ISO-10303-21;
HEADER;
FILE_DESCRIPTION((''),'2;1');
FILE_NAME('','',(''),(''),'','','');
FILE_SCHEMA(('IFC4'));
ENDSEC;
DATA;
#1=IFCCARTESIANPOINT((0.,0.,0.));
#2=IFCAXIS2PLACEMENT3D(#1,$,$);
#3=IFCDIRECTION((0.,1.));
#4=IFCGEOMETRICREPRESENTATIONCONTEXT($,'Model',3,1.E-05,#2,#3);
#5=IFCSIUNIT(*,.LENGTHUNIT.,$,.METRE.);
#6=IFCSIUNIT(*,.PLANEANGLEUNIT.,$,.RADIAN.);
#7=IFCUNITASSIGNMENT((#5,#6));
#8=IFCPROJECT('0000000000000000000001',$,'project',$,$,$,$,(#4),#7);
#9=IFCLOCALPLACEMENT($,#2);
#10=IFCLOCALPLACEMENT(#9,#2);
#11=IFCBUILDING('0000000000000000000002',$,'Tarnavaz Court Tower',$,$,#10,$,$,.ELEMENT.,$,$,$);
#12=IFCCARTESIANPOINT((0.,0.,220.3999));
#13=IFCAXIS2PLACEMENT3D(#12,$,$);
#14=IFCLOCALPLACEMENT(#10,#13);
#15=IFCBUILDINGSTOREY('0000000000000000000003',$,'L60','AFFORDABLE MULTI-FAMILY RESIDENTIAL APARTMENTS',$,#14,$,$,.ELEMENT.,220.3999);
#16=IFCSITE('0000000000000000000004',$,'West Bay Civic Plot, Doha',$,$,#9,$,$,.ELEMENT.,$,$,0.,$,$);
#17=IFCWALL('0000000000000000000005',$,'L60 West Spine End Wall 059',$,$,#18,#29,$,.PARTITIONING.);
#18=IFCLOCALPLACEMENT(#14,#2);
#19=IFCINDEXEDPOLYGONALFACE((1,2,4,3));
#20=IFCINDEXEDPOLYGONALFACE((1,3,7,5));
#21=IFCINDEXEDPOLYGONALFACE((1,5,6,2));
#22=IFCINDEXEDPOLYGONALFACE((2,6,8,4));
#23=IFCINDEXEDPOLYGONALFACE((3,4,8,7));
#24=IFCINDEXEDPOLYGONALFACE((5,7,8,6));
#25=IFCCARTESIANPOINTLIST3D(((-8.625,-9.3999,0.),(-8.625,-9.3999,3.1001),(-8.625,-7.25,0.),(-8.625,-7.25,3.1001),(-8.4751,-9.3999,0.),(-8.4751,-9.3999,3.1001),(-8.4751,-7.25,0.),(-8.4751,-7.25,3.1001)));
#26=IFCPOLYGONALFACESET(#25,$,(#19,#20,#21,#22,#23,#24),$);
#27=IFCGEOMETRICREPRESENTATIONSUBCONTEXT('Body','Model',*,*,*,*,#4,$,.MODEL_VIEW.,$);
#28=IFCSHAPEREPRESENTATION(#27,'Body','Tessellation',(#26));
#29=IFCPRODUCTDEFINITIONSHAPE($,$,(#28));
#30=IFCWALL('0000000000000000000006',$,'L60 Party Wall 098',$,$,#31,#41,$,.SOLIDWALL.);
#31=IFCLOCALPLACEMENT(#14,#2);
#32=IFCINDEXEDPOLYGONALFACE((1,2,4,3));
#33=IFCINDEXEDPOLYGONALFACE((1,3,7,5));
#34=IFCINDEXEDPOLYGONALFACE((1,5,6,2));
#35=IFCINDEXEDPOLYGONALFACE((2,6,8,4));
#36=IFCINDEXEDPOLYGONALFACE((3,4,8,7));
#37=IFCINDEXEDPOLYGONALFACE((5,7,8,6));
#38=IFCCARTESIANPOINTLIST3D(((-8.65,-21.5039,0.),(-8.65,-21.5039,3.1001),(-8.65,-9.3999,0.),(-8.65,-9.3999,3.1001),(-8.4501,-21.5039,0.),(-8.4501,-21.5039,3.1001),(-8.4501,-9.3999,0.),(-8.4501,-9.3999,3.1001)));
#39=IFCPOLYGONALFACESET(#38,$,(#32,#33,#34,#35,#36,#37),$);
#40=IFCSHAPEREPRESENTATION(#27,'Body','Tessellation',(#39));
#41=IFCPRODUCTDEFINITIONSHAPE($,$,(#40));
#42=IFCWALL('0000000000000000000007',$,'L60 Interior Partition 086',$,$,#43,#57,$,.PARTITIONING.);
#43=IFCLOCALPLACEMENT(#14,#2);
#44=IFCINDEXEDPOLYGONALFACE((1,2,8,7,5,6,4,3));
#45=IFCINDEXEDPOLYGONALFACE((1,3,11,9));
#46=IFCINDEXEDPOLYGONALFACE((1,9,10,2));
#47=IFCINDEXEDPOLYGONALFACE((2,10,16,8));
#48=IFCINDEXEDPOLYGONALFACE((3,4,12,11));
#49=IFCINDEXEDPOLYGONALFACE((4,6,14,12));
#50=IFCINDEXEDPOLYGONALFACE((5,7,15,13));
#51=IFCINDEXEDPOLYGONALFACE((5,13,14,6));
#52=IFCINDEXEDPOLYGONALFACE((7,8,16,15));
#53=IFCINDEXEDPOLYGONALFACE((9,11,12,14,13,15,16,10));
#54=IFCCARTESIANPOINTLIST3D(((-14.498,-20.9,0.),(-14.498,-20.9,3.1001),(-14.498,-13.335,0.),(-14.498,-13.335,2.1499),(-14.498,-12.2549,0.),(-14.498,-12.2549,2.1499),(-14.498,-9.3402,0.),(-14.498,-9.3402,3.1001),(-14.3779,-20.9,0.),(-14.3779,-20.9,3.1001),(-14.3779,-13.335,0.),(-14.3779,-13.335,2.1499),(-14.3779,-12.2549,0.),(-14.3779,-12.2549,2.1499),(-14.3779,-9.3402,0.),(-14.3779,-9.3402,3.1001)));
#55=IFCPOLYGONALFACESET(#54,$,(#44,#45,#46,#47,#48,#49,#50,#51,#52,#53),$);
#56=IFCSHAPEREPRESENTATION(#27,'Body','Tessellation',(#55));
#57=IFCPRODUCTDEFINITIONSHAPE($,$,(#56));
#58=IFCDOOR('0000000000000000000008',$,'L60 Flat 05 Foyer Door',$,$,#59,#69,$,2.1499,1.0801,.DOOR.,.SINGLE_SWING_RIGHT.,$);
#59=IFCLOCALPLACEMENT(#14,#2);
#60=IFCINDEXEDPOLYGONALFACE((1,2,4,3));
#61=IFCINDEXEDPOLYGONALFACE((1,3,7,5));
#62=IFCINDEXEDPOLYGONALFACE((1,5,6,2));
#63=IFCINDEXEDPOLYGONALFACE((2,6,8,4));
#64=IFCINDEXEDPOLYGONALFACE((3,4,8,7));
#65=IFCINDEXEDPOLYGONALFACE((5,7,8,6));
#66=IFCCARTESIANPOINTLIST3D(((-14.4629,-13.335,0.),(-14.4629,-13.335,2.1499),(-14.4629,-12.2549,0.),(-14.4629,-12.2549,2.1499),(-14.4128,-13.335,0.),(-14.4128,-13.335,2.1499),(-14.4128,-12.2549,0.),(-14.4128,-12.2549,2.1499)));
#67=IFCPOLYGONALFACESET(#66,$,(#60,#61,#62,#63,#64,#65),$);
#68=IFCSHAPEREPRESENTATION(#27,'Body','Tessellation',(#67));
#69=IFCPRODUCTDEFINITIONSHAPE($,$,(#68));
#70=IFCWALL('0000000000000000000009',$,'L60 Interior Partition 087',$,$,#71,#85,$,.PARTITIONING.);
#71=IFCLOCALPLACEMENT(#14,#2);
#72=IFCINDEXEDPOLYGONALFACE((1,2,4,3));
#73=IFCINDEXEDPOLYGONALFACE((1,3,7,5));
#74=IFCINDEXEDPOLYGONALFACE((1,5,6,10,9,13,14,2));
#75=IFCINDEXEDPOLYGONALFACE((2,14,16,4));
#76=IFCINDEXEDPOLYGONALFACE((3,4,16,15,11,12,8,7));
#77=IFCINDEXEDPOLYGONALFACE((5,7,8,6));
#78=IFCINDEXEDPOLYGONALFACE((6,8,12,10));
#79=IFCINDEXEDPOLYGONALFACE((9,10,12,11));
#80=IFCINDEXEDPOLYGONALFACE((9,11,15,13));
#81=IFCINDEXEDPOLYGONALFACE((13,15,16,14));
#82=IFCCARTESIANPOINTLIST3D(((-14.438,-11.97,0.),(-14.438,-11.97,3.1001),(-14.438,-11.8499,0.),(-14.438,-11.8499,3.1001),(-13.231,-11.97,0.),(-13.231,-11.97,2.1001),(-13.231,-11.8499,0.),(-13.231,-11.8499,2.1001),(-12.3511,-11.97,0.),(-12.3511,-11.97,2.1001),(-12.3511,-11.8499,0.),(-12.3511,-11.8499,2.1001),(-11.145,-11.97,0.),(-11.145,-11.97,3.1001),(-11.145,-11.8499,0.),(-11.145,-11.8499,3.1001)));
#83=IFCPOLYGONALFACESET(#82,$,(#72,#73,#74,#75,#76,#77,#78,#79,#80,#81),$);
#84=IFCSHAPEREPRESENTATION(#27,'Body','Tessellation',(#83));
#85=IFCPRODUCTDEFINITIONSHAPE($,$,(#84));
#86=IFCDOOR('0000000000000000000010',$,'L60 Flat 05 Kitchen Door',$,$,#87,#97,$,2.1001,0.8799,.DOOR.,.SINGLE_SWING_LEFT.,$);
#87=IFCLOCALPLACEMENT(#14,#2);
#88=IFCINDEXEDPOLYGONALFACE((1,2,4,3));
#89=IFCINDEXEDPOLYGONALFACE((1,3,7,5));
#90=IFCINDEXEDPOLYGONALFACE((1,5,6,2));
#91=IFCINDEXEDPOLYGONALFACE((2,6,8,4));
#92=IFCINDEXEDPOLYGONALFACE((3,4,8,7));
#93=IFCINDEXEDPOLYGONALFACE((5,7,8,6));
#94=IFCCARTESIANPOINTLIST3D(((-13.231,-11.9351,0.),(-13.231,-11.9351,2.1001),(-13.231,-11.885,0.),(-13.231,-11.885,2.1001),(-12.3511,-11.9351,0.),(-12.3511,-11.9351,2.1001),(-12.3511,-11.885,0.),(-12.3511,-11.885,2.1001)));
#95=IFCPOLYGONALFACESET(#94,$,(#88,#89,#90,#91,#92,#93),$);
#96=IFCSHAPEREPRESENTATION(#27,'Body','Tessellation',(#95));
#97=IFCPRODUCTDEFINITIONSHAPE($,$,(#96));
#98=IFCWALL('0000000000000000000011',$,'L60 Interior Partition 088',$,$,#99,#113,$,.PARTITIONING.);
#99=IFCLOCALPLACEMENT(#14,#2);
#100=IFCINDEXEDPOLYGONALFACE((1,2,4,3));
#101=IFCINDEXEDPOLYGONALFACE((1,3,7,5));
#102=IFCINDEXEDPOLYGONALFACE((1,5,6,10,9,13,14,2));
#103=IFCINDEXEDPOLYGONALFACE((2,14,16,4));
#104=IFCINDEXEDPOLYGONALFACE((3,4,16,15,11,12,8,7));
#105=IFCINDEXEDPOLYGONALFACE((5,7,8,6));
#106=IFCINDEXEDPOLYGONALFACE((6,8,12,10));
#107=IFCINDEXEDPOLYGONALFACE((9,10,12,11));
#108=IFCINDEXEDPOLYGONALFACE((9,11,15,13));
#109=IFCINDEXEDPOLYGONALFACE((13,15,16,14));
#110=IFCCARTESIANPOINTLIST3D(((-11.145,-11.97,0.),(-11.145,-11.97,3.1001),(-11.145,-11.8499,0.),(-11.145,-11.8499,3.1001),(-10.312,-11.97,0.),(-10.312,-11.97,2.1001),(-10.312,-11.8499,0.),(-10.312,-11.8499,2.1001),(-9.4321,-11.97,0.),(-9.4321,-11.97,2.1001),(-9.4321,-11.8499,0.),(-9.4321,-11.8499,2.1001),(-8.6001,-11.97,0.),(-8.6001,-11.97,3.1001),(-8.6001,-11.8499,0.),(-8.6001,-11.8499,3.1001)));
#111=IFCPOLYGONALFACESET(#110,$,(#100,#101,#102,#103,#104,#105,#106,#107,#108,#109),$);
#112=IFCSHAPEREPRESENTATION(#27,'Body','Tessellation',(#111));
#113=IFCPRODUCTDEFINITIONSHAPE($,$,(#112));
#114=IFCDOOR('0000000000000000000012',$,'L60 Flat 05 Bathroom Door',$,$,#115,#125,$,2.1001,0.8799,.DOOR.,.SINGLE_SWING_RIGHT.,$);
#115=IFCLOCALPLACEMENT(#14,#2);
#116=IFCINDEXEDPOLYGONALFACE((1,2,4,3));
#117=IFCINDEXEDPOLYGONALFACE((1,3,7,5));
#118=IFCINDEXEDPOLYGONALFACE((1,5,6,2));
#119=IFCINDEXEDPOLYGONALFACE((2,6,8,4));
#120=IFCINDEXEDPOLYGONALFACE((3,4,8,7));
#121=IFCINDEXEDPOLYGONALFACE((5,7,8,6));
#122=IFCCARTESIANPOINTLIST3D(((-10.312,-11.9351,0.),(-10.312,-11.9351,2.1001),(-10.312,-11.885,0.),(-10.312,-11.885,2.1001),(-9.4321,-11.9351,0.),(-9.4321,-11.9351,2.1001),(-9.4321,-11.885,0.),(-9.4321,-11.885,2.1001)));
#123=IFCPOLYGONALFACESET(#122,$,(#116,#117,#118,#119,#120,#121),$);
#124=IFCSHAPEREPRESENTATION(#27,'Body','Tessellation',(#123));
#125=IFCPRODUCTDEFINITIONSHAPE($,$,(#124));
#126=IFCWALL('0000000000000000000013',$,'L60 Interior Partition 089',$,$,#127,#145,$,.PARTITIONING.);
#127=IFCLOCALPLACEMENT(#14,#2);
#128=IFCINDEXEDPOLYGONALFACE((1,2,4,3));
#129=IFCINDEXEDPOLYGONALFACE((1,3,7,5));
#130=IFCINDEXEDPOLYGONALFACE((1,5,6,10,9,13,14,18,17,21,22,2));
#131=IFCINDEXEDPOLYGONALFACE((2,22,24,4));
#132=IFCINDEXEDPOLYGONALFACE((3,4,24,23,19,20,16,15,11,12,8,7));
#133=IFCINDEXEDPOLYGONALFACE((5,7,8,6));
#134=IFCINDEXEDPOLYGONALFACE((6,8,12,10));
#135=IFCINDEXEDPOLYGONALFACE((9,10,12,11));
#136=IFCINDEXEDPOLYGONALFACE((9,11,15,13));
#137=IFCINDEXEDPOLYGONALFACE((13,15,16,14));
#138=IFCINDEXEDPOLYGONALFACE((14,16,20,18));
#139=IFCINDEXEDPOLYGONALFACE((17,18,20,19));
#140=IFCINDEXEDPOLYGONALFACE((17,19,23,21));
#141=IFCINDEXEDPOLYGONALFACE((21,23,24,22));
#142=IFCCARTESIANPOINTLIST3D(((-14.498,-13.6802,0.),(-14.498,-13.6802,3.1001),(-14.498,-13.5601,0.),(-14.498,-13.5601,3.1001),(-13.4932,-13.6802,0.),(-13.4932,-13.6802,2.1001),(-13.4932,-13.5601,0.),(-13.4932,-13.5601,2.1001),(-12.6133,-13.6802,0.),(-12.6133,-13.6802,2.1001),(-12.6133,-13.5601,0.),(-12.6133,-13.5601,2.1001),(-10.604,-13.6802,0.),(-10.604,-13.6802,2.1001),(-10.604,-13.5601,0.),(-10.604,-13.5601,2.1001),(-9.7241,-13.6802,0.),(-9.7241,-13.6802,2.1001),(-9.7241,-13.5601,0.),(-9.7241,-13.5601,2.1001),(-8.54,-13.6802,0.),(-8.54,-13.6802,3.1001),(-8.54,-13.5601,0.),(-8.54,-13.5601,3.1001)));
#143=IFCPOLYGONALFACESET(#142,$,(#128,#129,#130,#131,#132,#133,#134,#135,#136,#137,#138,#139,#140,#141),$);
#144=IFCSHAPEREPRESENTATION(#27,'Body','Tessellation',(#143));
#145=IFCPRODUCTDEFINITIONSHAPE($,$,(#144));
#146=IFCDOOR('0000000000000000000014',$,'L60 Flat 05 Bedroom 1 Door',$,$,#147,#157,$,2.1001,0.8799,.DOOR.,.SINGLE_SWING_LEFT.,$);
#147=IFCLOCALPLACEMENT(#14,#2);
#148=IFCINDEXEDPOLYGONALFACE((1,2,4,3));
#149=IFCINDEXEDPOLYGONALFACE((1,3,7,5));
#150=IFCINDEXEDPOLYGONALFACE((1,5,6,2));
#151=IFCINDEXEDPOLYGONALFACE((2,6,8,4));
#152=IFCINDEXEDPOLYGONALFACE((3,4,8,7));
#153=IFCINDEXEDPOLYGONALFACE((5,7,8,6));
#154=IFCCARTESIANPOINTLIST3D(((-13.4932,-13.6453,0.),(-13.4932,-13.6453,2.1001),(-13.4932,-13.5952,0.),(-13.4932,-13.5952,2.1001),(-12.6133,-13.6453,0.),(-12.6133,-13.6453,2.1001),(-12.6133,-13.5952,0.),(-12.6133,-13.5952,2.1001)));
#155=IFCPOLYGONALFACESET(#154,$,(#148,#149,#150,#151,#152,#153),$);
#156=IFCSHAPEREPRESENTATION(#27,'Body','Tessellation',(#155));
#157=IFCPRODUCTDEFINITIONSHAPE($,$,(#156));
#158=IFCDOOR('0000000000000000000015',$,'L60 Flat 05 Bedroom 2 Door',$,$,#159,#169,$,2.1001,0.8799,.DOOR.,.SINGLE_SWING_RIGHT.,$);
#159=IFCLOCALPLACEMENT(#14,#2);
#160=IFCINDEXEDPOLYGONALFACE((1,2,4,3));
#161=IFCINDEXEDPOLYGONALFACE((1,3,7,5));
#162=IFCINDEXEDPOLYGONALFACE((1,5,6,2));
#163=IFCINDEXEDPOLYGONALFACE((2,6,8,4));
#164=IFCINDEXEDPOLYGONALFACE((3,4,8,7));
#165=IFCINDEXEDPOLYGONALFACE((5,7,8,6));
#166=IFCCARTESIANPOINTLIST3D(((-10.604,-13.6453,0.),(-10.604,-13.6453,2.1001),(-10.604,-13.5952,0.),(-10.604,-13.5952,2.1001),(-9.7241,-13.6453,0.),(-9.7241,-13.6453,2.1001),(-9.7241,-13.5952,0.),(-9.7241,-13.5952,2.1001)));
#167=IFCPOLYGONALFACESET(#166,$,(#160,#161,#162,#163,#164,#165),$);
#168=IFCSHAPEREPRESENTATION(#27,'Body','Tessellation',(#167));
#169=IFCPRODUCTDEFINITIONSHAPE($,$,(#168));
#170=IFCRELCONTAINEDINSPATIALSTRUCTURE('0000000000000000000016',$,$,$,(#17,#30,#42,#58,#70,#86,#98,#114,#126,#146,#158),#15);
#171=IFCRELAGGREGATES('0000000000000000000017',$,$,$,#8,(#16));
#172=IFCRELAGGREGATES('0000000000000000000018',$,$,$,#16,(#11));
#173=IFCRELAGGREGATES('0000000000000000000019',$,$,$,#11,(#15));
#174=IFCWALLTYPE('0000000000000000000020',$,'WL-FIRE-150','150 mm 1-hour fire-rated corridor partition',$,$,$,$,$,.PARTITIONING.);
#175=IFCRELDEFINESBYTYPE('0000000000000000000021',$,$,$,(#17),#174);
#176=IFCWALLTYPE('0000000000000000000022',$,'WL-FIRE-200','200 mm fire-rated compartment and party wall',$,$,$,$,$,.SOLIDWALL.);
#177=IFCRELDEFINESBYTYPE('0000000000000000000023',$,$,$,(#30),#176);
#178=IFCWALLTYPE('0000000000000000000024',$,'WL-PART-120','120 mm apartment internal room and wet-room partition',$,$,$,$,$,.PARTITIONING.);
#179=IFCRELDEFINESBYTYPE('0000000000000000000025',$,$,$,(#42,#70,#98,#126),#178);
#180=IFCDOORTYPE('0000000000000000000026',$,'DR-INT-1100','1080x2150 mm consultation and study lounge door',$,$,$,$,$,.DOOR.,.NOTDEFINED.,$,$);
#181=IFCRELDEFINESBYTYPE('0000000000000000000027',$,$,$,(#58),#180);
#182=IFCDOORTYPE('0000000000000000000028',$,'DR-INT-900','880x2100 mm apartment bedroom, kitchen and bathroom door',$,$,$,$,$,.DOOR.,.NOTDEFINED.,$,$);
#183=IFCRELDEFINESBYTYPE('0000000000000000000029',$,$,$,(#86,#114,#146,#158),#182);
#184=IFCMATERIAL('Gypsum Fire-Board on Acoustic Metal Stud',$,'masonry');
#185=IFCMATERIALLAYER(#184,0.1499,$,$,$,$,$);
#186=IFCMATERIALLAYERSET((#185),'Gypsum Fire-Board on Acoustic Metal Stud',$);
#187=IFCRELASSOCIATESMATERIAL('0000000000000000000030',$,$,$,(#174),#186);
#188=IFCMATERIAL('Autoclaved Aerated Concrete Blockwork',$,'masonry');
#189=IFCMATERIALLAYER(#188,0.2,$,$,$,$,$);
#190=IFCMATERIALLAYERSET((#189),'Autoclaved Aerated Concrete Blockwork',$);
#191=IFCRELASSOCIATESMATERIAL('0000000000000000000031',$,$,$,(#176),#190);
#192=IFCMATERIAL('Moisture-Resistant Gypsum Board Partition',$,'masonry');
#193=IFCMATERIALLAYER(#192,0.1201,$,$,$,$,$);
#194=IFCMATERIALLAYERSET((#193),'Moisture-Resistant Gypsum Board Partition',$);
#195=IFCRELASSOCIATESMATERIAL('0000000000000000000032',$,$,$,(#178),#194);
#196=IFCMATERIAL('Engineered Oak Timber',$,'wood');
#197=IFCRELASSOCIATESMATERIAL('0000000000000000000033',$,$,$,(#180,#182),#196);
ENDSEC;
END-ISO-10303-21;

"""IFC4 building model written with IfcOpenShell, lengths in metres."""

from ifc_helpers import new_model, si_unit, direction, frame, frame_2d, origin, place, context, subcontext, project, spatial, rectangle, extrude, material, layer, layer_set, type_object, element, fill, save


model = new_model("IFC4")

# Units and contexts
model_context = context("Model", 3, precision=1e-05, world=origin(), true_north=direction((0.0, 1.0)))
body_context = subcontext(model_context, "Body", "Model", "MODEL_VIEW")
ifc_project = project(units=[si_unit("LENGTHUNIT", "METRE"), si_unit("PLANEANGLEUNIT", "RADIAN")], contexts=[model_context])

# Site, building, storey
site_placement = place(None, origin())
site = spatial("IfcSite", under=ifc_project, at=site_placement, Name="West Bay Civic Plot, Doha", CompositionType="ELEMENT", RefElevation=0.0)
building_placement = place(site_placement, origin())
building = spatial("IfcBuilding", under=site, at=building_placement, Name="Tarnavaz Court Tower", CompositionType="ELEMENT")
storey_placement = place(building_placement, frame((0.0, 0.0, 220.3999)))
storey = spatial("IfcBuildingStorey", under=building, at=storey_placement, Name="L60", Description="AFFORDABLE MULTI-FAMILY RESIDENTIAL APARTMENTS", CompositionType="ELEMENT", Elevation=220.3999)

# Walls
ifc_material_1 = material(Name="Gypsum Fire-Board on Acoustic Metal Stud", Category="masonry")
ifc_layer_1 = layer(ifc_material_1, 0.1499)
ifc_layer_set_1 = layer_set([ifc_layer_1], Name="Gypsum Fire-Board on Acoustic Metal Stud")
wall_type_1 = type_object("IfcWallType", Name="WL-FIRE-150", Description="150 mm 1-hour fire-rated corridor partition", PredefinedType="PARTITIONING", material=ifc_layer_set_1)
wall_1_placement = place(storey_placement, frame((-8.55, -9.3999, 0.0), z_axis=(0.0, 0.0, 1.0), x_axis=(0.0, 1.0, 0.0)))
element("IfcWall", 1, at=wall_1_placement, inside=storey, type_object=wall_type_1, Name="L60 West Spine End Wall 059", PredefinedType="PARTITIONING", context=body_context, shape_type="SweptSolid", body=[
    extrude(rectangle(XDim=2.1499, YDim=0.1499, at=frame_2d((1.075, 0.0))), origin(), (0.0, 0.0, 1.0), 3.1001),
])
ifc_material_2 = material(Name="Autoclaved Aerated Concrete Blockwork", Category="masonry")
ifc_layer_2 = layer(ifc_material_2, 0.2)
ifc_layer_set_2 = layer_set([ifc_layer_2], Name="Autoclaved Aerated Concrete Blockwork")
wall_type_2 = type_object("IfcWallType", Name="WL-FIRE-200", Description="200 mm fire-rated compartment and party wall", PredefinedType="SOLIDWALL", material=ifc_layer_set_2)
wall_2_placement = place(storey_placement, frame((-8.55, -21.5039, 0.0), z_axis=(0.0, 0.0, 1.0), x_axis=(0.0, 1.0, 0.0)))
element("IfcWall", 2, at=wall_2_placement, inside=storey, type_object=wall_type_2, Name="L60 Party Wall 098", PredefinedType="SOLIDWALL", context=body_context, shape_type="SweptSolid", body=[
    extrude(rectangle(XDim=12.104, YDim=0.2, at=frame_2d((6.052, 0.0))), origin(), (0.0, 0.0, 1.0), 3.1001),
])

# Walls, openings, doors
ifc_material_3 = material(Name="Moisture-Resistant Gypsum Board Partition", Category="masonry")
ifc_layer_3 = layer(ifc_material_3, 0.1201)
ifc_layer_set_3 = layer_set([ifc_layer_3], Name="Moisture-Resistant Gypsum Board Partition")
wall_type_3 = type_object("IfcWallType", Name="WL-PART-120", Description="120 mm apartment internal room and wet-room partition", PredefinedType="PARTITIONING", material=ifc_layer_set_3)
wall_3_placement = place(storey_placement, frame((-14.438, -20.8999, 0.0), z_axis=(0.0, 0.0, 1.0), x_axis=(0.0, 1.0, 0.0)))
wall_3 = element("IfcWall", 3, at=wall_3_placement, inside=storey, type_object=wall_type_3, Name="L60 Interior Partition 086", PredefinedType="PARTITIONING", context=body_context, shape_type="SweptSolid", body=[
    extrude(rectangle(XDim=11.5598, YDim=0.1201, at=frame_2d((5.7798, 0.0))), origin(), (0.0, 0.0, 1.0), 3.1001),
])
opening_1_placement = place(wall_3_placement, frame((7.5649, 0.0, 0.0)))
opening_1 = element("IfcOpeningElement", 4, at=opening_1_placement, cuts=wall_3, PredefinedType="OPENING", context=body_context, shape_type="SweptSolid", body=[
    extrude(rectangle(XDim=1.0801, YDim=2.1499, at=frame_2d((0.54, 1.075))), frame((0.0, 0.0701, 0.0), z_axis=(0.0, -1.0, 0.0), x_axis=(1.0, 0.0, 0.0)), (0.0, 0.0, 1.0), 0.1401),
])
ifc_material_4 = material(Name="Engineered Oak Timber", Category="wood")
door_type_1 = type_object("IfcDoorType", Name="DR-INT-1100", Description="1080x2150 mm consultation and study lounge door", OperationType="NOTDEFINED", PredefinedType="DOOR", material=ifc_material_4)
door_1_placement = place(opening_1_placement, origin())
door_1 = element("IfcDoor", 5, at=door_1_placement, inside=storey, type_object=door_type_1, Name="L60 Flat 05 Foyer Door", OperationType="SINGLE_SWING_RIGHT", OverallHeight=2.1499, OverallWidth=1.0801, PredefinedType="DOOR", context=body_context, shape_type="SweptSolid", body=[
    extrude(rectangle(XDim=1.0801, YDim=2.1499, at=frame_2d((0.54, 1.075))), frame((0.0, 0.0249, 0.0), z_axis=(0.0, -1.0, 0.0), x_axis=(1.0, 0.0, 0.0)), (0.0, 0.0, 1.0), 0.05),
])
fill(opening_1, door_1)
wall_4_placement = place(storey_placement, frame((-14.438, -11.9099, 0.0), z_axis=(0.0, 0.0, 1.0), x_axis=(1.0, 0.0, 0.0)))
wall_4 = element("IfcWall", 6, at=wall_4_placement, inside=storey, type_object=wall_type_3, Name="L60 Interior Partition 087", PredefinedType="PARTITIONING", context=body_context, shape_type="SweptSolid", body=[
    extrude(rectangle(XDim=3.293, YDim=0.1201, at=frame_2d((1.6465, 0.0))), origin(), (0.0, 0.0, 1.0), 3.1001),
])
opening_2_placement = place(wall_4_placement, frame((1.207, 0.0, 0.0)))
opening_2 = element("IfcOpeningElement", 7, at=opening_2_placement, cuts=wall_4, PredefinedType="OPENING", context=body_context, shape_type="SweptSolid", body=[
    extrude(rectangle(XDim=0.8799, YDim=2.1001, at=frame_2d((0.4399, 1.05))), frame((0.0, 0.0701, 0.0), z_axis=(0.0, -1.0, 0.0), x_axis=(1.0, 0.0, 0.0)), (0.0, 0.0, 1.0), 0.1401),
])
door_type_2 = type_object("IfcDoorType", Name="DR-INT-900", Description="880x2100 mm apartment bedroom, kitchen and bathroom door", OperationType="NOTDEFINED", PredefinedType="DOOR", material=ifc_material_4)
door_2_placement = place(opening_2_placement, origin())
door_2 = element("IfcDoor", 8, at=door_2_placement, inside=storey, type_object=door_type_2, Name="L60 Flat 05 Kitchen Door", OperationType="SINGLE_SWING_LEFT", OverallHeight=2.1001, OverallWidth=0.8799, PredefinedType="DOOR", context=body_context, shape_type="SweptSolid", body=[
    extrude(rectangle(XDim=0.8799, YDim=2.1001, at=frame_2d((0.4399, 1.05))), frame((0.0, 0.0249, 0.0), z_axis=(0.0, -1.0, 0.0), x_axis=(1.0, 0.0, 0.0)), (0.0, 0.0, 1.0), 0.05),
])
fill(opening_2, door_2)
wall_5_placement = place(storey_placement, frame((-11.145, -11.9099, 0.0), z_axis=(0.0, 0.0, 1.0), x_axis=(1.0, 0.0, 0.0)))
wall_5 = element("IfcWall", 9, at=wall_5_placement, inside=storey, type_object=wall_type_3, Name="L60 Interior Partition 088", PredefinedType="PARTITIONING", context=body_context, shape_type="SweptSolid", body=[
    extrude(rectangle(XDim=2.5449, YDim=0.1201, at=frame_2d((1.2725, 0.0))), origin(), (0.0, 0.0, 1.0), 3.1001),
])
opening_3_placement = place(wall_5_placement, frame((0.833, 0.0, 0.0)))
opening_3 = element("IfcOpeningElement", 10, at=opening_3_placement, cuts=wall_5, PredefinedType="OPENING", context=body_context, shape_type="SweptSolid", body=[
    extrude(rectangle(XDim=0.8799, YDim=2.1001, at=frame_2d((0.4399, 1.05))), frame((0.0, 0.0701, 0.0), z_axis=(0.0, -1.0, 0.0), x_axis=(1.0, 0.0, 0.0)), (0.0, 0.0, 1.0), 0.1401),
])
door_3_placement = place(opening_3_placement, origin())
door_3 = element("IfcDoor", 11, at=door_3_placement, inside=storey, type_object=door_type_2, Name="L60 Flat 05 Bathroom Door", OperationType="SINGLE_SWING_RIGHT", OverallHeight=2.1001, OverallWidth=0.8799, PredefinedType="DOOR", context=body_context, shape_type="SweptSolid", body=[
    extrude(rectangle(XDim=0.8799, YDim=2.1001, at=frame_2d((0.4399, 1.05))), frame((0.0, 0.0249, 0.0), z_axis=(0.0, -1.0, 0.0), x_axis=(1.0, 0.0, 0.0)), (0.0, 0.0, 1.0), 0.05),
])
fill(opening_3, door_3)

# Wall, openings, doors
wall_6_placement = place(storey_placement, frame((-14.498, -13.6201, 0.0), z_axis=(0.0, 0.0, 1.0), x_axis=(1.0, 0.0, 0.0)))
wall_6 = element("IfcWall", 12, at=wall_6_placement, inside=storey, type_object=wall_type_3, Name="L60 Interior Partition 089", PredefinedType="PARTITIONING", context=body_context, shape_type="SweptSolid", body=[
    extrude(rectangle(XDim=5.958, YDim=0.1201, at=frame_2d((2.979, 0.0))), origin(), (0.0, 0.0, 1.0), 3.1001),
])
opening_4_placement = place(wall_6_placement, frame((1.0049, 0.0, 0.0)))
opening_4 = element("IfcOpeningElement", 13, at=opening_4_placement, cuts=wall_6, PredefinedType="OPENING", context=body_context, shape_type="SweptSolid", body=[
    extrude(rectangle(XDim=0.8799, YDim=2.1001, at=frame_2d((0.4399, 1.05))), frame((0.0, 0.0701, 0.0), z_axis=(0.0, -1.0, 0.0), x_axis=(1.0, 0.0, 0.0)), (0.0, 0.0, 1.0), 0.1401),
])
opening_5_placement = place(wall_6_placement, frame((3.894, 0.0, 0.0)))
opening_5 = element("IfcOpeningElement", 14, at=opening_5_placement, cuts=wall_6, PredefinedType="OPENING", context=body_context, shape_type="SweptSolid", body=[
    extrude(rectangle(XDim=0.8799, YDim=2.1001, at=frame_2d((0.4399, 1.05))), frame((0.0, 0.0701, 0.0), z_axis=(0.0, -1.0, 0.0), x_axis=(1.0, 0.0, 0.0)), (0.0, 0.0, 1.0), 0.1401),
])
door_4_placement = place(opening_4_placement, origin())
door_4 = element("IfcDoor", 15, at=door_4_placement, inside=storey, type_object=door_type_2, Name="L60 Flat 05 Bedroom 1 Door", OperationType="SINGLE_SWING_LEFT", OverallHeight=2.1001, OverallWidth=0.8799, PredefinedType="DOOR", context=body_context, shape_type="SweptSolid", body=[
    extrude(rectangle(XDim=0.8799, YDim=2.1001, at=frame_2d((0.4399, 1.05))), frame((0.0, 0.0249, 0.0), z_axis=(0.0, -1.0, 0.0), x_axis=(1.0, 0.0, 0.0)), (0.0, 0.0, 1.0), 0.05),
])
fill(opening_4, door_4)
door_5_placement = place(opening_5_placement, origin())
door_5 = element("IfcDoor", 16, at=door_5_placement, inside=storey, type_object=door_type_2, Name="L60 Flat 05 Bedroom 2 Door", OperationType="SINGLE_SWING_RIGHT", OverallHeight=2.1001, OverallWidth=0.8799, PredefinedType="DOOR", context=body_context, shape_type="SweptSolid", body=[
    extrude(rectangle(XDim=0.8799, YDim=2.1001, at=frame_2d((0.4399, 1.05))), frame((0.0, 0.0249, 0.0), z_axis=(0.0, -1.0, 0.0), x_axis=(1.0, 0.0, 0.0)), (0.0, 0.0, 1.0), 0.05),
])
fill(opening_5, door_5)

save(model, "model.ifc")
